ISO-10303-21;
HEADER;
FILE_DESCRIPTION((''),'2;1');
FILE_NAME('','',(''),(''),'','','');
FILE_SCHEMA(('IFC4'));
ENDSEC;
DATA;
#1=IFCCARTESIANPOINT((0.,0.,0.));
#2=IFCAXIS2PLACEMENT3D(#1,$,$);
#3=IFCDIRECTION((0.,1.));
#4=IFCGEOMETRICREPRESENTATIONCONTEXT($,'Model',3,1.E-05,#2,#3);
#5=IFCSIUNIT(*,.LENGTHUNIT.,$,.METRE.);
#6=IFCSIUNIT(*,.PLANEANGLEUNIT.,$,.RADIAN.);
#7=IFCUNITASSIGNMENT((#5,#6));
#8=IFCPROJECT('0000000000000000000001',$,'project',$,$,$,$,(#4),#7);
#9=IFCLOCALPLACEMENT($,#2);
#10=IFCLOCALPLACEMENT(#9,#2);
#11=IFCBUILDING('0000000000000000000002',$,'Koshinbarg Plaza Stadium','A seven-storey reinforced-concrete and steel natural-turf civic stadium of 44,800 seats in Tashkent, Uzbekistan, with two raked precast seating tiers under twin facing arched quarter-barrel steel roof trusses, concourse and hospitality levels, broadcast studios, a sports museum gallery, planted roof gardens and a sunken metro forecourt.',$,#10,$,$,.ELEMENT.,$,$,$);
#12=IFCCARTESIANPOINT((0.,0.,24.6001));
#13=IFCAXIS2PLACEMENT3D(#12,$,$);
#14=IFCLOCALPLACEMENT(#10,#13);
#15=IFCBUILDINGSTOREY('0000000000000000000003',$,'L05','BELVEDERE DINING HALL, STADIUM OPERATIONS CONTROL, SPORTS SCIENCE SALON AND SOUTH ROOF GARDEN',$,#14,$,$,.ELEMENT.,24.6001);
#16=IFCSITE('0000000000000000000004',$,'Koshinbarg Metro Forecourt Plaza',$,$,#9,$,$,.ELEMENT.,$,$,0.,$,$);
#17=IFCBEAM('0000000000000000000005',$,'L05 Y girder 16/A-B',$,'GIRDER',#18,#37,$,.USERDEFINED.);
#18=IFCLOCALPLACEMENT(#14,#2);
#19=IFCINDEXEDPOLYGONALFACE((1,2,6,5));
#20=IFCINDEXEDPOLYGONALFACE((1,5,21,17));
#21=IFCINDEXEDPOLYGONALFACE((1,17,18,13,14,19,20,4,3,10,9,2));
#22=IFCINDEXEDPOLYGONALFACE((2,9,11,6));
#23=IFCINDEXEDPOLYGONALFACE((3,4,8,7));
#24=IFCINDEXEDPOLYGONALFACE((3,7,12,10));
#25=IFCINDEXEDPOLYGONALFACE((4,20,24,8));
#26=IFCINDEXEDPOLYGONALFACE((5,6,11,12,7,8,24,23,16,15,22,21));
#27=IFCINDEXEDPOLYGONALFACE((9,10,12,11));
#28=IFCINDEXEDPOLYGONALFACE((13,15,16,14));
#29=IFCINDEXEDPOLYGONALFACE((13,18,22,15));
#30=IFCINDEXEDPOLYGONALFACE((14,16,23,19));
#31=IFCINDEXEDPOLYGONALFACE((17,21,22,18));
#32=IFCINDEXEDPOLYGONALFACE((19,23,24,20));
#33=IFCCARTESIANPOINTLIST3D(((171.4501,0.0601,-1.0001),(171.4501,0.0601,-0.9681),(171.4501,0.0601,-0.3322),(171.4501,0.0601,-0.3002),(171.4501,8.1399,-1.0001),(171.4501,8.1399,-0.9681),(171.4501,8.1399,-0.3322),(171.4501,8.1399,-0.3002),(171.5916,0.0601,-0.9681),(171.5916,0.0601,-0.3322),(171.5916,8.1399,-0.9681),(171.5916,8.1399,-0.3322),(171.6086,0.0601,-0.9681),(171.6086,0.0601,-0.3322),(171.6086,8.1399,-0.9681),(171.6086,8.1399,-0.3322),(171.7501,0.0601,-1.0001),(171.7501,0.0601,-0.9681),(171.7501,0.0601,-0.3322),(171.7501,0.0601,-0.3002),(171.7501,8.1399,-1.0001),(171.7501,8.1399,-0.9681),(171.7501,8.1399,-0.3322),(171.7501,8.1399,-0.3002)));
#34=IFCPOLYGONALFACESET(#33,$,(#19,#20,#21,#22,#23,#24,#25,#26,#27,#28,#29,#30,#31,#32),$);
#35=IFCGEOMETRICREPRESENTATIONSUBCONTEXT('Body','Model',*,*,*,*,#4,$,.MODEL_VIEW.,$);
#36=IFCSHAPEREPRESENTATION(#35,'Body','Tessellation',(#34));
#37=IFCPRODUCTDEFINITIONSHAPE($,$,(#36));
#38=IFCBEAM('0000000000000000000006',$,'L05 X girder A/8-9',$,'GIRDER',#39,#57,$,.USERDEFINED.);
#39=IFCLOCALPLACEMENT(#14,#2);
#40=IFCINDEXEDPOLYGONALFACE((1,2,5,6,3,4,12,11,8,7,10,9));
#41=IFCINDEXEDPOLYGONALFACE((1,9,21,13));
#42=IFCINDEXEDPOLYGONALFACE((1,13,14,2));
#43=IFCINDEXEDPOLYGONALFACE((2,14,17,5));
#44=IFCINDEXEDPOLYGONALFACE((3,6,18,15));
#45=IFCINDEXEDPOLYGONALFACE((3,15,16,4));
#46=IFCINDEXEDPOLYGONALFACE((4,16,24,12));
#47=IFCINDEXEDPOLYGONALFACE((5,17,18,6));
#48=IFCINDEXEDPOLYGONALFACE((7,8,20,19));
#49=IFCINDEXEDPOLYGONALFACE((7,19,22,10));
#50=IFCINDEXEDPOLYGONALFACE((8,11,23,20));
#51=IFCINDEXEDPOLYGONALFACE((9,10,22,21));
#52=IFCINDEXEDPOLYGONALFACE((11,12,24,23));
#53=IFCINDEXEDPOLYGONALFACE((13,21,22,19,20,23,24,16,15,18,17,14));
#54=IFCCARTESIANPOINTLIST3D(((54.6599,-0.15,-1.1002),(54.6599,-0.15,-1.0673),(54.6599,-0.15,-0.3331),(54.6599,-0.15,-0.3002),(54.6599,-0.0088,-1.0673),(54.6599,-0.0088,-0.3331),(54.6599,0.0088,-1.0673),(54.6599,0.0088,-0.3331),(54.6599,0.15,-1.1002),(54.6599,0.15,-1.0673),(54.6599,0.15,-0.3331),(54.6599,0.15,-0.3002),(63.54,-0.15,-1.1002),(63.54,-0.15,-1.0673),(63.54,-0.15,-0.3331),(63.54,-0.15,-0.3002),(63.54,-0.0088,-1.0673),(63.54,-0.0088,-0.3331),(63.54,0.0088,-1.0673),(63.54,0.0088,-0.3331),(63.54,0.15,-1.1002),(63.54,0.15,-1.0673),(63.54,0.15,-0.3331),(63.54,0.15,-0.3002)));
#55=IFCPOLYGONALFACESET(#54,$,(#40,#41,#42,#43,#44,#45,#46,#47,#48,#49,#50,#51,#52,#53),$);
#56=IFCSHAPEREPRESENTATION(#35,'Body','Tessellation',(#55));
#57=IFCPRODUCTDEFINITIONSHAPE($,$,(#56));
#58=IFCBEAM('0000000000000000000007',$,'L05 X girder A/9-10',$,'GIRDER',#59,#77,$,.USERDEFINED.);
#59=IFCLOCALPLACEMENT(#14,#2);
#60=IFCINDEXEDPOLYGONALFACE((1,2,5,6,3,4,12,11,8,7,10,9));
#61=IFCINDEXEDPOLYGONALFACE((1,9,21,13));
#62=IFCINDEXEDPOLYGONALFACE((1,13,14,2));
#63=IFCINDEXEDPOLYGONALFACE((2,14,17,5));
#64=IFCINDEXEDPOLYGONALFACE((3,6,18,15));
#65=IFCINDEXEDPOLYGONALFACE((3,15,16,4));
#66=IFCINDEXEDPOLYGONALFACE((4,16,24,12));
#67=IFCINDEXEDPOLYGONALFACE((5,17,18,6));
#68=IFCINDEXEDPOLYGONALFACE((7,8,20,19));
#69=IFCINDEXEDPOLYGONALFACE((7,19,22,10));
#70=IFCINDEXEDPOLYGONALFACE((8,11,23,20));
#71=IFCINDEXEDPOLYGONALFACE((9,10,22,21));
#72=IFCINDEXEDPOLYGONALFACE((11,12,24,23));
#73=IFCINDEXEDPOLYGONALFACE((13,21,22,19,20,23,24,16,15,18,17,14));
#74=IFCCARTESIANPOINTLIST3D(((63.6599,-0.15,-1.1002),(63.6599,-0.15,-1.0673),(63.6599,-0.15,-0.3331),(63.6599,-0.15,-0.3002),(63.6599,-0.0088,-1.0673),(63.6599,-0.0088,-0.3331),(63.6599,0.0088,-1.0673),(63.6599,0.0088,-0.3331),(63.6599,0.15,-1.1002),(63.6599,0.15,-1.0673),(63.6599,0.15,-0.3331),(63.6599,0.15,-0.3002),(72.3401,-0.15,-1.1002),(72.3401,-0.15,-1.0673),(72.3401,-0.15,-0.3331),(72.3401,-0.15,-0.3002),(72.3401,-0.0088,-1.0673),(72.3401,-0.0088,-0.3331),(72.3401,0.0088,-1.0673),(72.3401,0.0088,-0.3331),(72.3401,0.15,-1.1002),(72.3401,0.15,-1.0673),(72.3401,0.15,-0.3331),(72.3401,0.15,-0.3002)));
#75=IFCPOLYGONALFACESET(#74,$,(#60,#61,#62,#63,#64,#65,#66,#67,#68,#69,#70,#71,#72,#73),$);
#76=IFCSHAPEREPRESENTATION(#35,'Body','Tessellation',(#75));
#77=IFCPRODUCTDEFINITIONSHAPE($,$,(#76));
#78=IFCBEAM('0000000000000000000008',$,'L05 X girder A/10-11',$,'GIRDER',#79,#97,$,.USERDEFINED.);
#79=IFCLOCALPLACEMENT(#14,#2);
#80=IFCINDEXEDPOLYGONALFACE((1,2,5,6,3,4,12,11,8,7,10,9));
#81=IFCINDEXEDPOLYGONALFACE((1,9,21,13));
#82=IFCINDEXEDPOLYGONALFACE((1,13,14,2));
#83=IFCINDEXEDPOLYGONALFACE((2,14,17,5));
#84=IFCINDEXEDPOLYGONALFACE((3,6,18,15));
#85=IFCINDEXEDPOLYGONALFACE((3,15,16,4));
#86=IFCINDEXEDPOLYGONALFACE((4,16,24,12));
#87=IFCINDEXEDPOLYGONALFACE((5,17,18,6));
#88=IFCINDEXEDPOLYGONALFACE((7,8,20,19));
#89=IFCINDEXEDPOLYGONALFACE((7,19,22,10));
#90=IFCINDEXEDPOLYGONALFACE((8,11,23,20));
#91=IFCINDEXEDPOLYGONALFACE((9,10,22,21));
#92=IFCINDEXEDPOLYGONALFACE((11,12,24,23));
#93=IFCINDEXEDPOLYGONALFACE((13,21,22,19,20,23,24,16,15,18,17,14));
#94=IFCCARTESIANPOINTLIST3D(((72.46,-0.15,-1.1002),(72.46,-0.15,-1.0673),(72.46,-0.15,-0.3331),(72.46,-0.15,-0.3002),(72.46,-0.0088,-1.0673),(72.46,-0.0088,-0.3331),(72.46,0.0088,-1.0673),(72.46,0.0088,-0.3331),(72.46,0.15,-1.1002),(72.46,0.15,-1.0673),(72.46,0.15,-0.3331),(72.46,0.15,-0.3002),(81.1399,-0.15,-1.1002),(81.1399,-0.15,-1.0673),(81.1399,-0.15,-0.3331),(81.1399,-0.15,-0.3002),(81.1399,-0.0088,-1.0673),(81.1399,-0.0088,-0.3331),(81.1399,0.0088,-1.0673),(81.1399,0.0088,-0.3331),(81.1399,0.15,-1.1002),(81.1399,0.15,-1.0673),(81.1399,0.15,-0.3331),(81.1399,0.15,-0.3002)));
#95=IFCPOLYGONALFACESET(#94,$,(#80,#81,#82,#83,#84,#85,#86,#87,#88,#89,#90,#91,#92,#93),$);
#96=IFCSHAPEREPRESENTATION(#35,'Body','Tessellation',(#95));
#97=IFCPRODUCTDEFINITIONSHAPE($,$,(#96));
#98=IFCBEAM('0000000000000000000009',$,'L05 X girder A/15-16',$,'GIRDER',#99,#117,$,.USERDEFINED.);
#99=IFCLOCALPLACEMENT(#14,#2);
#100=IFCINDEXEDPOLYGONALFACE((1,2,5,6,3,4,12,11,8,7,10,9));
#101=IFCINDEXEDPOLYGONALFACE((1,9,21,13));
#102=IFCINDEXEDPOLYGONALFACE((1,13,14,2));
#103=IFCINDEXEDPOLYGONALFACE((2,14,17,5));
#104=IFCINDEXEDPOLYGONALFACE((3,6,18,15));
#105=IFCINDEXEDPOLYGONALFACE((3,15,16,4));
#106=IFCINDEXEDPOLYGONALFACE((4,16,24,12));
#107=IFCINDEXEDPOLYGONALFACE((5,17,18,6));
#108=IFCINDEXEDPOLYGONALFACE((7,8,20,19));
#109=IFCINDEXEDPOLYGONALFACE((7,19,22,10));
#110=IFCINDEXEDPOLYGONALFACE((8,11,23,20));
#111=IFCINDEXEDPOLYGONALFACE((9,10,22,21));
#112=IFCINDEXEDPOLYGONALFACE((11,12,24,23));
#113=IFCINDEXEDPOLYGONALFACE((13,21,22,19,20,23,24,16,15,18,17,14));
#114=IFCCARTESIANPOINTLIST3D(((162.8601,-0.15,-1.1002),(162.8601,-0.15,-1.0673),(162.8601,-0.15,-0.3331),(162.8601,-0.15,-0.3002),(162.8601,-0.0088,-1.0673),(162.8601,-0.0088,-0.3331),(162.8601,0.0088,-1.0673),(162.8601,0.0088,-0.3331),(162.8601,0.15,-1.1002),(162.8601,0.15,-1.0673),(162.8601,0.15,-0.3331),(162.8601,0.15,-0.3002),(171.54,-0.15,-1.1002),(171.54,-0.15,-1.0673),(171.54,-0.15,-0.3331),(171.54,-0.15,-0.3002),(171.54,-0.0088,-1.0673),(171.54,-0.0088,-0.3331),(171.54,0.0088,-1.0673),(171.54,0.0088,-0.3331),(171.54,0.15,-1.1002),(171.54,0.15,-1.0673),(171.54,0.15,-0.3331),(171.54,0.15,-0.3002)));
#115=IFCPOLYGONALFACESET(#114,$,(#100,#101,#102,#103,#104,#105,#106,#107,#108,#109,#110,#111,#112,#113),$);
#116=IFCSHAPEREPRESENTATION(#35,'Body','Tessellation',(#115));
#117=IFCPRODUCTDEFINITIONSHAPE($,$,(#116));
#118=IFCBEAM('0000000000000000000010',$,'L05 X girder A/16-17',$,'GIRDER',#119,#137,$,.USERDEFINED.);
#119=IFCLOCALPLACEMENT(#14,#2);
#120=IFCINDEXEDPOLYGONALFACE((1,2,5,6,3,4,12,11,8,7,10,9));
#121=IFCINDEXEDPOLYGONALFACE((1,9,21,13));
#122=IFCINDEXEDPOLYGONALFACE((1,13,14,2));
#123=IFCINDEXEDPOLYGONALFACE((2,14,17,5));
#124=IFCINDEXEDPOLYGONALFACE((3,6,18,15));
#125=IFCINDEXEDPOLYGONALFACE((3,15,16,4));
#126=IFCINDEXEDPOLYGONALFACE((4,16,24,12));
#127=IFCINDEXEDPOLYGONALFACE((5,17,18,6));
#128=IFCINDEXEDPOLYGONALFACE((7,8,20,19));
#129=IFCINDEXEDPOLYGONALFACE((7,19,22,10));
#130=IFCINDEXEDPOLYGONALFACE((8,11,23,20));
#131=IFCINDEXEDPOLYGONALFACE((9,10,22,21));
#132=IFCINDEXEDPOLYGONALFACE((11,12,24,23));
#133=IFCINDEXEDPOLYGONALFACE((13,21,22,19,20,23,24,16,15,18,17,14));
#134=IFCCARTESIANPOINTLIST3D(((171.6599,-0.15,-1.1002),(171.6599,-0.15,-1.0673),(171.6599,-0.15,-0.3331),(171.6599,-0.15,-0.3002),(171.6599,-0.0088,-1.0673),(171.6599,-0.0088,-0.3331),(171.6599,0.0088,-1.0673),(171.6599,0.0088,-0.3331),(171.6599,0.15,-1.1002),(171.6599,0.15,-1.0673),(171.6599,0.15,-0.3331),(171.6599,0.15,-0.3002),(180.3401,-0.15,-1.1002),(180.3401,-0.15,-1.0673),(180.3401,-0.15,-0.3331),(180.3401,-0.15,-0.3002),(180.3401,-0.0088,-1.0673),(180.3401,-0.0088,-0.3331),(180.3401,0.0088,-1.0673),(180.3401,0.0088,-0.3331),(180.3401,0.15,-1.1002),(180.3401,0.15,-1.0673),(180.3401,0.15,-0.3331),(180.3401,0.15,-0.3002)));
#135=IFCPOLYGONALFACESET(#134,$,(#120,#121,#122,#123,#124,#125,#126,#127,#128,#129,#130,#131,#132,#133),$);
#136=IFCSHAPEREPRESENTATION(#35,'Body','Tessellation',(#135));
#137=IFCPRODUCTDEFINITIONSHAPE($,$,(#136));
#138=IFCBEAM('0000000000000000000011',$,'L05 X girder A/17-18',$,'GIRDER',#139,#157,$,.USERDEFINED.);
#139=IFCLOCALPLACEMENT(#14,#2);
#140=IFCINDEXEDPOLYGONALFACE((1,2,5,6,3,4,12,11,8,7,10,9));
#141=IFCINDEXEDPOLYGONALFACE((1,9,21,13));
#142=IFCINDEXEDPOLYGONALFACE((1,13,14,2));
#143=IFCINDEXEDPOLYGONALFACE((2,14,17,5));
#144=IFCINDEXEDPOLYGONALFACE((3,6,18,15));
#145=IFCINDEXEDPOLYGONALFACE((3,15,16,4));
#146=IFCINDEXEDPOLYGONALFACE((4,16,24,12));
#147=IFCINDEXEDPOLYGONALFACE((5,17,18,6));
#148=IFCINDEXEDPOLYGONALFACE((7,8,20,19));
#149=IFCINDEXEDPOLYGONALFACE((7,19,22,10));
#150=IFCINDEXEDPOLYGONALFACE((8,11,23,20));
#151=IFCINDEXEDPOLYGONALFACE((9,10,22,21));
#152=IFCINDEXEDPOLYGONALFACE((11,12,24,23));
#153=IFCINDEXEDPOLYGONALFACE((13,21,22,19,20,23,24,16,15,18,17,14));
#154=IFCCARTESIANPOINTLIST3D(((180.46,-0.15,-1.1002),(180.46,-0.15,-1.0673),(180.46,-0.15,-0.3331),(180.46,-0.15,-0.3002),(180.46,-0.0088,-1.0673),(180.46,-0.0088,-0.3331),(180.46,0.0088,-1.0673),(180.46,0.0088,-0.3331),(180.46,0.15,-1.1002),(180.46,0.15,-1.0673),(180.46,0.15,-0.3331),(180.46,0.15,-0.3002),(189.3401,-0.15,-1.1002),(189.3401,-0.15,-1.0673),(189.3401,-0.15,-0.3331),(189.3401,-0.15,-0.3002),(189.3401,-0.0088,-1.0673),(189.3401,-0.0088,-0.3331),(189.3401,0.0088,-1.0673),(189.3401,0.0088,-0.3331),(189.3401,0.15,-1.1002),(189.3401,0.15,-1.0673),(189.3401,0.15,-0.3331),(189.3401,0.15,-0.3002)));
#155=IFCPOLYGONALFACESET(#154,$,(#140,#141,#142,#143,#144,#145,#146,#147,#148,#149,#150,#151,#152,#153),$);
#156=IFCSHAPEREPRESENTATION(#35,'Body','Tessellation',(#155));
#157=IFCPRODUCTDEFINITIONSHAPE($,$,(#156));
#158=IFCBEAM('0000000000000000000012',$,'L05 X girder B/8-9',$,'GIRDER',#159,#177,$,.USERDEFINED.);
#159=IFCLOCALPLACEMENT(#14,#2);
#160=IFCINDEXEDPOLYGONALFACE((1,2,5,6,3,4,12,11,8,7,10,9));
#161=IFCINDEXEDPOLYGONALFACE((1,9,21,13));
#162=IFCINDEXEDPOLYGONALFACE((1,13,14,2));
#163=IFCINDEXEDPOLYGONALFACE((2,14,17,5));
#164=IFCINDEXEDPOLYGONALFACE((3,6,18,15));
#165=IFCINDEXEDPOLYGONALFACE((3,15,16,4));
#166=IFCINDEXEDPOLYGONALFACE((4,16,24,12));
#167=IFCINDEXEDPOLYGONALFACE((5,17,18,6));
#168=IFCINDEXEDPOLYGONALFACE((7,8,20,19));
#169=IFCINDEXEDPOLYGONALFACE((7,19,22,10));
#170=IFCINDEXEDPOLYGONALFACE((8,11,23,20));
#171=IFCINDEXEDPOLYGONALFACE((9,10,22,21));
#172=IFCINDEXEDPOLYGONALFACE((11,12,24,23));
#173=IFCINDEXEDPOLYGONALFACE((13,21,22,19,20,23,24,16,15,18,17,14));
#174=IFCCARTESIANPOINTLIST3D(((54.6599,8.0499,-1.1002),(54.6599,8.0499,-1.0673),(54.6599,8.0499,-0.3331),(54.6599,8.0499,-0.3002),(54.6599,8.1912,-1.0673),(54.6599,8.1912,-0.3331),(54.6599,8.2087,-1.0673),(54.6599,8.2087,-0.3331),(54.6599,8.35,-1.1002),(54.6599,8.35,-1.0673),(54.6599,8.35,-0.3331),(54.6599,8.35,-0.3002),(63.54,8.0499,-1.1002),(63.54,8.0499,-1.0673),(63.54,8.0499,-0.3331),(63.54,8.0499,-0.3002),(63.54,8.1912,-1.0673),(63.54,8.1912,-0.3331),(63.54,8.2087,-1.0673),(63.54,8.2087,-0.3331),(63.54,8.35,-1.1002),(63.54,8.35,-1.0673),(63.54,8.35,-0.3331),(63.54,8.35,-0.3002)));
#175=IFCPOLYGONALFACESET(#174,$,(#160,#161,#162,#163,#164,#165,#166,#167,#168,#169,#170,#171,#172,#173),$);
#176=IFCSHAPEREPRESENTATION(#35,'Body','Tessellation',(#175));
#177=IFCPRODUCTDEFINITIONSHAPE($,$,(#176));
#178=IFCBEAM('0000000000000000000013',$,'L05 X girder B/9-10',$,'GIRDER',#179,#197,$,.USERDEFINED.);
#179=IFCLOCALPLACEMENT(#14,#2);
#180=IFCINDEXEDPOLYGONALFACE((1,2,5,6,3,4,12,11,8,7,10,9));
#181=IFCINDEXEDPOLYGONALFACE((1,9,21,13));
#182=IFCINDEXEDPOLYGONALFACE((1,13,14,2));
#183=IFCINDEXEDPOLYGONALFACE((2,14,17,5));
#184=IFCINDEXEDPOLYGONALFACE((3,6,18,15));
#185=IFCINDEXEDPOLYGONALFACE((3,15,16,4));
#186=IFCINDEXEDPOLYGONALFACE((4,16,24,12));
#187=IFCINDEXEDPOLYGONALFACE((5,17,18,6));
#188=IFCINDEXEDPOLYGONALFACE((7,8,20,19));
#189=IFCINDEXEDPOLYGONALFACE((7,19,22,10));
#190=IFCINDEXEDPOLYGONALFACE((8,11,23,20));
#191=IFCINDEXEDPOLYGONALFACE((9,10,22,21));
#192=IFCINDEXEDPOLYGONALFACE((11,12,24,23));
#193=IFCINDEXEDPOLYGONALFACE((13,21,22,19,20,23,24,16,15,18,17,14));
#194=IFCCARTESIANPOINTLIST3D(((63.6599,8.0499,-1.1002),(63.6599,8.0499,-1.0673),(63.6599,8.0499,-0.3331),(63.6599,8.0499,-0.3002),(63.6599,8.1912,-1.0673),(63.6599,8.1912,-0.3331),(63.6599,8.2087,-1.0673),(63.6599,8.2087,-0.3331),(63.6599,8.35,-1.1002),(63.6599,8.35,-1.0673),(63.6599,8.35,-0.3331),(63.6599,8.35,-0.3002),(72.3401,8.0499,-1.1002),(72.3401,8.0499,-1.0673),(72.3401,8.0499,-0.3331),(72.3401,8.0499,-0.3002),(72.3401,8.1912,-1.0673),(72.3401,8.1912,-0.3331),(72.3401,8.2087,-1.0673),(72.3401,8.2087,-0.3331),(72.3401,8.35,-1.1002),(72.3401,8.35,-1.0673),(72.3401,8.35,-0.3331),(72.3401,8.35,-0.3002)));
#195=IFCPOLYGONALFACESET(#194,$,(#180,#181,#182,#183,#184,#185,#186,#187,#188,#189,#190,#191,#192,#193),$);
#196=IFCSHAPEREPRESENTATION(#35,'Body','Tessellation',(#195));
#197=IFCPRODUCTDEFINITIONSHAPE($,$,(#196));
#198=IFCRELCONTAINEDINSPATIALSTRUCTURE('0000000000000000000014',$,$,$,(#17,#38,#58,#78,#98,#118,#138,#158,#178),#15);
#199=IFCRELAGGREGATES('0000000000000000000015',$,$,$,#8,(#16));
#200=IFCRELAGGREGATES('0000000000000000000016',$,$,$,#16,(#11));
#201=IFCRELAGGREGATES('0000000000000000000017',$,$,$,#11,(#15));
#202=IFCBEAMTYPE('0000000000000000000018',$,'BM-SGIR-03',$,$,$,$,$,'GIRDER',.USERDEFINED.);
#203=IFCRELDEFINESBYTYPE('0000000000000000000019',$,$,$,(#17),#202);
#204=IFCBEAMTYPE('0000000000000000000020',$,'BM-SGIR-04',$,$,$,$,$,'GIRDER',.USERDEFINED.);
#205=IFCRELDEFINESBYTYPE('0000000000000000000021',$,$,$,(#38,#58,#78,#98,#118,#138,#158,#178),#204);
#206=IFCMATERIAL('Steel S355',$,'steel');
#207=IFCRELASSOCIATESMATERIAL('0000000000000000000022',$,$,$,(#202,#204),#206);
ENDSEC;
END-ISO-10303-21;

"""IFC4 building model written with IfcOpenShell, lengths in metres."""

from ifc_helpers import new_model, si_unit, direction, frame, origin, origin_2d, place, context, subcontext, project, spatial, i_section, extrude, material, material_profile, profile_set, type_object, element, save


model = new_model("IFC4")

# Units and contexts
model_context = context("Model", 3, precision=1e-05, world=origin(), true_north=direction((0.0, 1.0)))
body_context = subcontext(model_context, "Body", "Model", "MODEL_VIEW")
ifc_project = project(units=[si_unit("LENGTHUNIT", "METRE"), si_unit("PLANEANGLEUNIT", "RADIAN")], contexts=[model_context])

# Site, building, storey
site_placement = place(None, origin())
site = spatial("IfcSite", under=ifc_project, at=site_placement, Name="Koshinbarg Metro Forecourt Plaza", CompositionType="ELEMENT", RefElevation=0.0)
building_placement = place(site_placement, origin())
building = spatial("IfcBuilding", under=site, at=building_placement, Name="Koshinbarg Plaza Stadium", Description="A seven-storey reinforced-concrete and steel natural-turf civic stadium of 44,800 seats in Tashkent, Uzbekistan, with two raked precast seating tiers under twin facing arched quarter-barrel steel roof trusses, concourse and hospitality levels, broadcast studios, a sports museum gallery, planted roof gardens and a sunken metro forecourt.", CompositionType="ELEMENT")
storey_placement = place(building_placement, frame((0.0, 0.0, 24.6001)))
storey = spatial("IfcBuildingStorey", under=building, at=storey_placement, Name="L05", Description="BELVEDERE DINING HALL, STADIUM OPERATIONS CONTROL, SPORTS SCIENCE SALON AND SOUTH ROOF GARDEN", CompositionType="ELEMENT", Elevation=24.6001)

# Beams
ifc_material = material(Name="Steel S355", Category="steel")
ifc_material_profile_1 = material_profile(ifc_material, i_section(OverallWidth=0.3, OverallDepth=0.7, WebThickness=0.0171, FlangeThickness=0.032, at=origin_2d()), Name="HEB 700")
ifc_profile_set_1 = profile_set([ifc_material_profile_1], Name="Steel S355")
beam_type_1 = type_object("IfcBeamType", Name="BM-SGIR-03", ElementType="GIRDER", PredefinedType="USERDEFINED", material=ifc_profile_set_1)
for number, where, z_axis, x_axis, name in (
    (1, (171.6001, 0.0601, -0.6501), (0.0, 1.0, 0.0), (-1.0, 0.0, 0.0), "L05 Y girder 16/A-B"),
):
    element("IfcBeam", number, at=place(storey_placement, frame(where, z_axis=z_axis, x_axis=x_axis)), inside=storey, type_object=beam_type_1, Name=name, ObjectType="GIRDER", PredefinedType="USERDEFINED", context=body_context, shape_type="SweptSolid", body=[
        extrude(i_section(OverallWidth=0.3, OverallDepth=0.7, WebThickness=0.0171, FlangeThickness=0.032, at=origin_2d()), origin(), (0.0, 0.0, 1.0), 8.0798),
    ])
ifc_material_profile_2 = material_profile(ifc_material, i_section(OverallWidth=0.3, OverallDepth=0.8, WebThickness=0.0176, FlangeThickness=0.033, at=origin_2d()), Name="HEB 800")
ifc_profile_set_2 = profile_set([ifc_material_profile_2], Name="Steel S355")
beam_type_2 = type_object("IfcBeamType", Name="BM-SGIR-04", ElementType="GIRDER", PredefinedType="USERDEFINED", material=ifc_profile_set_2)
beam_1_placement = place(storey_placement, frame((54.6599, 0.0, -0.7002), z_axis=(1.0, 0.0, 0.0), x_axis=(0.0, 1.0, 0.0)))
element("IfcBeam", 2, at=beam_1_placement, inside=storey, type_object=beam_type_2, Name="L05 X girder A/8-9", ObjectType="GIRDER", PredefinedType="USERDEFINED", context=body_context, shape_type="SweptSolid", body=[
    extrude(i_section(OverallWidth=0.3, OverallDepth=0.8, WebThickness=0.0176, FlangeThickness=0.033, at=origin_2d()), origin(), (0.0, 0.0, 1.0), 8.8801),
])
beam_2_placement = place(storey_placement, frame((63.6599, 0.0, -0.7002), z_axis=(1.0, 0.0, 0.0), x_axis=(0.0, 1.0, 0.0)))
element("IfcBeam", 3, at=beam_2_placement, inside=storey, type_object=beam_type_2, Name="L05 X girder A/9-10", ObjectType="GIRDER", PredefinedType="USERDEFINED", context=body_context, shape_type="SweptSolid", body=[
    extrude(i_section(OverallWidth=0.3, OverallDepth=0.8, WebThickness=0.0176, FlangeThickness=0.033, at=origin_2d()), origin(), (0.0, 0.0, 1.0), 8.6802),
])
for number, where, z_axis, x_axis, name in (
    (4, (72.46, 0.0, -0.7002), (1.0, 0.0, 0.0), (0.0, 1.0, 0.0), "L05 X girder A/10-11"),
    (5, (162.8601, 0.0, -0.7002), (1.0, 0.0, 0.0), (0.0, 1.0, 0.0), "L05 X girder A/15-16"),
):
    element("IfcBeam", number, at=place(storey_placement, frame(where, z_axis=z_axis, x_axis=x_axis)), inside=storey, type_object=beam_type_2, Name=name, ObjectType="GIRDER", PredefinedType="USERDEFINED", context=body_context, shape_type="SweptSolid", body=[
        extrude(i_section(OverallWidth=0.3, OverallDepth=0.8, WebThickness=0.0176, FlangeThickness=0.033, at=origin_2d()), origin(), (0.0, 0.0, 1.0), 8.6799),
    ])
beam_3_placement = place(storey_placement, frame((171.6599, 0.0, -0.7002), z_axis=(1.0, 0.0, 0.0), x_axis=(0.0, 1.0, 0.0)))
element("IfcBeam", 6, at=beam_3_placement, inside=storey, type_object=beam_type_2, Name="L05 X girder A/16-17", ObjectType="GIRDER", PredefinedType="USERDEFINED", context=body_context, shape_type="SweptSolid", body=[
    extrude(i_section(OverallWidth=0.3, OverallDepth=0.8, WebThickness=0.0176, FlangeThickness=0.033, at=origin_2d()), origin(), (0.0, 0.0, 1.0), 8.6802),
])
for number, where, z_axis, x_axis, name in (
    (7, (180.46, 0.0, -0.7002), (1.0, 0.0, 0.0), (0.0, 1.0, 0.0), "L05 X girder A/17-18"),
    (8, (54.6599, 8.2, -0.7002), (1.0, 0.0, 0.0), (0.0, 1.0, 0.0), "L05 X girder B/8-9"),
):
    element("IfcBeam", number, at=place(storey_placement, frame(where, z_axis=z_axis, x_axis=x_axis)), inside=storey, type_object=beam_type_2, Name=name, ObjectType="GIRDER", PredefinedType="USERDEFINED", context=body_context, shape_type="SweptSolid", body=[
        extrude(i_section(OverallWidth=0.3, OverallDepth=0.8, WebThickness=0.0176, FlangeThickness=0.033, at=origin_2d()), origin(), (0.0, 0.0, 1.0), 8.8801),
    ])
beam_4_placement = place(storey_placement, frame((63.6599, 8.2, -0.7002), z_axis=(1.0, 0.0, 0.0), x_axis=(0.0, 1.0, 0.0)))
element("IfcBeam", 9, at=beam_4_placement, inside=storey, type_object=beam_type_2, Name="L05 X girder B/9-10", ObjectType="GIRDER", PredefinedType="USERDEFINED", context=body_context, shape_type="SweptSolid", body=[
    extrude(i_section(OverallWidth=0.3, OverallDepth=0.8, WebThickness=0.0176, FlangeThickness=0.033, at=origin_2d()), origin(), (0.0, 0.0, 1.0), 8.6802),
])

save(model, "model.ifc")
